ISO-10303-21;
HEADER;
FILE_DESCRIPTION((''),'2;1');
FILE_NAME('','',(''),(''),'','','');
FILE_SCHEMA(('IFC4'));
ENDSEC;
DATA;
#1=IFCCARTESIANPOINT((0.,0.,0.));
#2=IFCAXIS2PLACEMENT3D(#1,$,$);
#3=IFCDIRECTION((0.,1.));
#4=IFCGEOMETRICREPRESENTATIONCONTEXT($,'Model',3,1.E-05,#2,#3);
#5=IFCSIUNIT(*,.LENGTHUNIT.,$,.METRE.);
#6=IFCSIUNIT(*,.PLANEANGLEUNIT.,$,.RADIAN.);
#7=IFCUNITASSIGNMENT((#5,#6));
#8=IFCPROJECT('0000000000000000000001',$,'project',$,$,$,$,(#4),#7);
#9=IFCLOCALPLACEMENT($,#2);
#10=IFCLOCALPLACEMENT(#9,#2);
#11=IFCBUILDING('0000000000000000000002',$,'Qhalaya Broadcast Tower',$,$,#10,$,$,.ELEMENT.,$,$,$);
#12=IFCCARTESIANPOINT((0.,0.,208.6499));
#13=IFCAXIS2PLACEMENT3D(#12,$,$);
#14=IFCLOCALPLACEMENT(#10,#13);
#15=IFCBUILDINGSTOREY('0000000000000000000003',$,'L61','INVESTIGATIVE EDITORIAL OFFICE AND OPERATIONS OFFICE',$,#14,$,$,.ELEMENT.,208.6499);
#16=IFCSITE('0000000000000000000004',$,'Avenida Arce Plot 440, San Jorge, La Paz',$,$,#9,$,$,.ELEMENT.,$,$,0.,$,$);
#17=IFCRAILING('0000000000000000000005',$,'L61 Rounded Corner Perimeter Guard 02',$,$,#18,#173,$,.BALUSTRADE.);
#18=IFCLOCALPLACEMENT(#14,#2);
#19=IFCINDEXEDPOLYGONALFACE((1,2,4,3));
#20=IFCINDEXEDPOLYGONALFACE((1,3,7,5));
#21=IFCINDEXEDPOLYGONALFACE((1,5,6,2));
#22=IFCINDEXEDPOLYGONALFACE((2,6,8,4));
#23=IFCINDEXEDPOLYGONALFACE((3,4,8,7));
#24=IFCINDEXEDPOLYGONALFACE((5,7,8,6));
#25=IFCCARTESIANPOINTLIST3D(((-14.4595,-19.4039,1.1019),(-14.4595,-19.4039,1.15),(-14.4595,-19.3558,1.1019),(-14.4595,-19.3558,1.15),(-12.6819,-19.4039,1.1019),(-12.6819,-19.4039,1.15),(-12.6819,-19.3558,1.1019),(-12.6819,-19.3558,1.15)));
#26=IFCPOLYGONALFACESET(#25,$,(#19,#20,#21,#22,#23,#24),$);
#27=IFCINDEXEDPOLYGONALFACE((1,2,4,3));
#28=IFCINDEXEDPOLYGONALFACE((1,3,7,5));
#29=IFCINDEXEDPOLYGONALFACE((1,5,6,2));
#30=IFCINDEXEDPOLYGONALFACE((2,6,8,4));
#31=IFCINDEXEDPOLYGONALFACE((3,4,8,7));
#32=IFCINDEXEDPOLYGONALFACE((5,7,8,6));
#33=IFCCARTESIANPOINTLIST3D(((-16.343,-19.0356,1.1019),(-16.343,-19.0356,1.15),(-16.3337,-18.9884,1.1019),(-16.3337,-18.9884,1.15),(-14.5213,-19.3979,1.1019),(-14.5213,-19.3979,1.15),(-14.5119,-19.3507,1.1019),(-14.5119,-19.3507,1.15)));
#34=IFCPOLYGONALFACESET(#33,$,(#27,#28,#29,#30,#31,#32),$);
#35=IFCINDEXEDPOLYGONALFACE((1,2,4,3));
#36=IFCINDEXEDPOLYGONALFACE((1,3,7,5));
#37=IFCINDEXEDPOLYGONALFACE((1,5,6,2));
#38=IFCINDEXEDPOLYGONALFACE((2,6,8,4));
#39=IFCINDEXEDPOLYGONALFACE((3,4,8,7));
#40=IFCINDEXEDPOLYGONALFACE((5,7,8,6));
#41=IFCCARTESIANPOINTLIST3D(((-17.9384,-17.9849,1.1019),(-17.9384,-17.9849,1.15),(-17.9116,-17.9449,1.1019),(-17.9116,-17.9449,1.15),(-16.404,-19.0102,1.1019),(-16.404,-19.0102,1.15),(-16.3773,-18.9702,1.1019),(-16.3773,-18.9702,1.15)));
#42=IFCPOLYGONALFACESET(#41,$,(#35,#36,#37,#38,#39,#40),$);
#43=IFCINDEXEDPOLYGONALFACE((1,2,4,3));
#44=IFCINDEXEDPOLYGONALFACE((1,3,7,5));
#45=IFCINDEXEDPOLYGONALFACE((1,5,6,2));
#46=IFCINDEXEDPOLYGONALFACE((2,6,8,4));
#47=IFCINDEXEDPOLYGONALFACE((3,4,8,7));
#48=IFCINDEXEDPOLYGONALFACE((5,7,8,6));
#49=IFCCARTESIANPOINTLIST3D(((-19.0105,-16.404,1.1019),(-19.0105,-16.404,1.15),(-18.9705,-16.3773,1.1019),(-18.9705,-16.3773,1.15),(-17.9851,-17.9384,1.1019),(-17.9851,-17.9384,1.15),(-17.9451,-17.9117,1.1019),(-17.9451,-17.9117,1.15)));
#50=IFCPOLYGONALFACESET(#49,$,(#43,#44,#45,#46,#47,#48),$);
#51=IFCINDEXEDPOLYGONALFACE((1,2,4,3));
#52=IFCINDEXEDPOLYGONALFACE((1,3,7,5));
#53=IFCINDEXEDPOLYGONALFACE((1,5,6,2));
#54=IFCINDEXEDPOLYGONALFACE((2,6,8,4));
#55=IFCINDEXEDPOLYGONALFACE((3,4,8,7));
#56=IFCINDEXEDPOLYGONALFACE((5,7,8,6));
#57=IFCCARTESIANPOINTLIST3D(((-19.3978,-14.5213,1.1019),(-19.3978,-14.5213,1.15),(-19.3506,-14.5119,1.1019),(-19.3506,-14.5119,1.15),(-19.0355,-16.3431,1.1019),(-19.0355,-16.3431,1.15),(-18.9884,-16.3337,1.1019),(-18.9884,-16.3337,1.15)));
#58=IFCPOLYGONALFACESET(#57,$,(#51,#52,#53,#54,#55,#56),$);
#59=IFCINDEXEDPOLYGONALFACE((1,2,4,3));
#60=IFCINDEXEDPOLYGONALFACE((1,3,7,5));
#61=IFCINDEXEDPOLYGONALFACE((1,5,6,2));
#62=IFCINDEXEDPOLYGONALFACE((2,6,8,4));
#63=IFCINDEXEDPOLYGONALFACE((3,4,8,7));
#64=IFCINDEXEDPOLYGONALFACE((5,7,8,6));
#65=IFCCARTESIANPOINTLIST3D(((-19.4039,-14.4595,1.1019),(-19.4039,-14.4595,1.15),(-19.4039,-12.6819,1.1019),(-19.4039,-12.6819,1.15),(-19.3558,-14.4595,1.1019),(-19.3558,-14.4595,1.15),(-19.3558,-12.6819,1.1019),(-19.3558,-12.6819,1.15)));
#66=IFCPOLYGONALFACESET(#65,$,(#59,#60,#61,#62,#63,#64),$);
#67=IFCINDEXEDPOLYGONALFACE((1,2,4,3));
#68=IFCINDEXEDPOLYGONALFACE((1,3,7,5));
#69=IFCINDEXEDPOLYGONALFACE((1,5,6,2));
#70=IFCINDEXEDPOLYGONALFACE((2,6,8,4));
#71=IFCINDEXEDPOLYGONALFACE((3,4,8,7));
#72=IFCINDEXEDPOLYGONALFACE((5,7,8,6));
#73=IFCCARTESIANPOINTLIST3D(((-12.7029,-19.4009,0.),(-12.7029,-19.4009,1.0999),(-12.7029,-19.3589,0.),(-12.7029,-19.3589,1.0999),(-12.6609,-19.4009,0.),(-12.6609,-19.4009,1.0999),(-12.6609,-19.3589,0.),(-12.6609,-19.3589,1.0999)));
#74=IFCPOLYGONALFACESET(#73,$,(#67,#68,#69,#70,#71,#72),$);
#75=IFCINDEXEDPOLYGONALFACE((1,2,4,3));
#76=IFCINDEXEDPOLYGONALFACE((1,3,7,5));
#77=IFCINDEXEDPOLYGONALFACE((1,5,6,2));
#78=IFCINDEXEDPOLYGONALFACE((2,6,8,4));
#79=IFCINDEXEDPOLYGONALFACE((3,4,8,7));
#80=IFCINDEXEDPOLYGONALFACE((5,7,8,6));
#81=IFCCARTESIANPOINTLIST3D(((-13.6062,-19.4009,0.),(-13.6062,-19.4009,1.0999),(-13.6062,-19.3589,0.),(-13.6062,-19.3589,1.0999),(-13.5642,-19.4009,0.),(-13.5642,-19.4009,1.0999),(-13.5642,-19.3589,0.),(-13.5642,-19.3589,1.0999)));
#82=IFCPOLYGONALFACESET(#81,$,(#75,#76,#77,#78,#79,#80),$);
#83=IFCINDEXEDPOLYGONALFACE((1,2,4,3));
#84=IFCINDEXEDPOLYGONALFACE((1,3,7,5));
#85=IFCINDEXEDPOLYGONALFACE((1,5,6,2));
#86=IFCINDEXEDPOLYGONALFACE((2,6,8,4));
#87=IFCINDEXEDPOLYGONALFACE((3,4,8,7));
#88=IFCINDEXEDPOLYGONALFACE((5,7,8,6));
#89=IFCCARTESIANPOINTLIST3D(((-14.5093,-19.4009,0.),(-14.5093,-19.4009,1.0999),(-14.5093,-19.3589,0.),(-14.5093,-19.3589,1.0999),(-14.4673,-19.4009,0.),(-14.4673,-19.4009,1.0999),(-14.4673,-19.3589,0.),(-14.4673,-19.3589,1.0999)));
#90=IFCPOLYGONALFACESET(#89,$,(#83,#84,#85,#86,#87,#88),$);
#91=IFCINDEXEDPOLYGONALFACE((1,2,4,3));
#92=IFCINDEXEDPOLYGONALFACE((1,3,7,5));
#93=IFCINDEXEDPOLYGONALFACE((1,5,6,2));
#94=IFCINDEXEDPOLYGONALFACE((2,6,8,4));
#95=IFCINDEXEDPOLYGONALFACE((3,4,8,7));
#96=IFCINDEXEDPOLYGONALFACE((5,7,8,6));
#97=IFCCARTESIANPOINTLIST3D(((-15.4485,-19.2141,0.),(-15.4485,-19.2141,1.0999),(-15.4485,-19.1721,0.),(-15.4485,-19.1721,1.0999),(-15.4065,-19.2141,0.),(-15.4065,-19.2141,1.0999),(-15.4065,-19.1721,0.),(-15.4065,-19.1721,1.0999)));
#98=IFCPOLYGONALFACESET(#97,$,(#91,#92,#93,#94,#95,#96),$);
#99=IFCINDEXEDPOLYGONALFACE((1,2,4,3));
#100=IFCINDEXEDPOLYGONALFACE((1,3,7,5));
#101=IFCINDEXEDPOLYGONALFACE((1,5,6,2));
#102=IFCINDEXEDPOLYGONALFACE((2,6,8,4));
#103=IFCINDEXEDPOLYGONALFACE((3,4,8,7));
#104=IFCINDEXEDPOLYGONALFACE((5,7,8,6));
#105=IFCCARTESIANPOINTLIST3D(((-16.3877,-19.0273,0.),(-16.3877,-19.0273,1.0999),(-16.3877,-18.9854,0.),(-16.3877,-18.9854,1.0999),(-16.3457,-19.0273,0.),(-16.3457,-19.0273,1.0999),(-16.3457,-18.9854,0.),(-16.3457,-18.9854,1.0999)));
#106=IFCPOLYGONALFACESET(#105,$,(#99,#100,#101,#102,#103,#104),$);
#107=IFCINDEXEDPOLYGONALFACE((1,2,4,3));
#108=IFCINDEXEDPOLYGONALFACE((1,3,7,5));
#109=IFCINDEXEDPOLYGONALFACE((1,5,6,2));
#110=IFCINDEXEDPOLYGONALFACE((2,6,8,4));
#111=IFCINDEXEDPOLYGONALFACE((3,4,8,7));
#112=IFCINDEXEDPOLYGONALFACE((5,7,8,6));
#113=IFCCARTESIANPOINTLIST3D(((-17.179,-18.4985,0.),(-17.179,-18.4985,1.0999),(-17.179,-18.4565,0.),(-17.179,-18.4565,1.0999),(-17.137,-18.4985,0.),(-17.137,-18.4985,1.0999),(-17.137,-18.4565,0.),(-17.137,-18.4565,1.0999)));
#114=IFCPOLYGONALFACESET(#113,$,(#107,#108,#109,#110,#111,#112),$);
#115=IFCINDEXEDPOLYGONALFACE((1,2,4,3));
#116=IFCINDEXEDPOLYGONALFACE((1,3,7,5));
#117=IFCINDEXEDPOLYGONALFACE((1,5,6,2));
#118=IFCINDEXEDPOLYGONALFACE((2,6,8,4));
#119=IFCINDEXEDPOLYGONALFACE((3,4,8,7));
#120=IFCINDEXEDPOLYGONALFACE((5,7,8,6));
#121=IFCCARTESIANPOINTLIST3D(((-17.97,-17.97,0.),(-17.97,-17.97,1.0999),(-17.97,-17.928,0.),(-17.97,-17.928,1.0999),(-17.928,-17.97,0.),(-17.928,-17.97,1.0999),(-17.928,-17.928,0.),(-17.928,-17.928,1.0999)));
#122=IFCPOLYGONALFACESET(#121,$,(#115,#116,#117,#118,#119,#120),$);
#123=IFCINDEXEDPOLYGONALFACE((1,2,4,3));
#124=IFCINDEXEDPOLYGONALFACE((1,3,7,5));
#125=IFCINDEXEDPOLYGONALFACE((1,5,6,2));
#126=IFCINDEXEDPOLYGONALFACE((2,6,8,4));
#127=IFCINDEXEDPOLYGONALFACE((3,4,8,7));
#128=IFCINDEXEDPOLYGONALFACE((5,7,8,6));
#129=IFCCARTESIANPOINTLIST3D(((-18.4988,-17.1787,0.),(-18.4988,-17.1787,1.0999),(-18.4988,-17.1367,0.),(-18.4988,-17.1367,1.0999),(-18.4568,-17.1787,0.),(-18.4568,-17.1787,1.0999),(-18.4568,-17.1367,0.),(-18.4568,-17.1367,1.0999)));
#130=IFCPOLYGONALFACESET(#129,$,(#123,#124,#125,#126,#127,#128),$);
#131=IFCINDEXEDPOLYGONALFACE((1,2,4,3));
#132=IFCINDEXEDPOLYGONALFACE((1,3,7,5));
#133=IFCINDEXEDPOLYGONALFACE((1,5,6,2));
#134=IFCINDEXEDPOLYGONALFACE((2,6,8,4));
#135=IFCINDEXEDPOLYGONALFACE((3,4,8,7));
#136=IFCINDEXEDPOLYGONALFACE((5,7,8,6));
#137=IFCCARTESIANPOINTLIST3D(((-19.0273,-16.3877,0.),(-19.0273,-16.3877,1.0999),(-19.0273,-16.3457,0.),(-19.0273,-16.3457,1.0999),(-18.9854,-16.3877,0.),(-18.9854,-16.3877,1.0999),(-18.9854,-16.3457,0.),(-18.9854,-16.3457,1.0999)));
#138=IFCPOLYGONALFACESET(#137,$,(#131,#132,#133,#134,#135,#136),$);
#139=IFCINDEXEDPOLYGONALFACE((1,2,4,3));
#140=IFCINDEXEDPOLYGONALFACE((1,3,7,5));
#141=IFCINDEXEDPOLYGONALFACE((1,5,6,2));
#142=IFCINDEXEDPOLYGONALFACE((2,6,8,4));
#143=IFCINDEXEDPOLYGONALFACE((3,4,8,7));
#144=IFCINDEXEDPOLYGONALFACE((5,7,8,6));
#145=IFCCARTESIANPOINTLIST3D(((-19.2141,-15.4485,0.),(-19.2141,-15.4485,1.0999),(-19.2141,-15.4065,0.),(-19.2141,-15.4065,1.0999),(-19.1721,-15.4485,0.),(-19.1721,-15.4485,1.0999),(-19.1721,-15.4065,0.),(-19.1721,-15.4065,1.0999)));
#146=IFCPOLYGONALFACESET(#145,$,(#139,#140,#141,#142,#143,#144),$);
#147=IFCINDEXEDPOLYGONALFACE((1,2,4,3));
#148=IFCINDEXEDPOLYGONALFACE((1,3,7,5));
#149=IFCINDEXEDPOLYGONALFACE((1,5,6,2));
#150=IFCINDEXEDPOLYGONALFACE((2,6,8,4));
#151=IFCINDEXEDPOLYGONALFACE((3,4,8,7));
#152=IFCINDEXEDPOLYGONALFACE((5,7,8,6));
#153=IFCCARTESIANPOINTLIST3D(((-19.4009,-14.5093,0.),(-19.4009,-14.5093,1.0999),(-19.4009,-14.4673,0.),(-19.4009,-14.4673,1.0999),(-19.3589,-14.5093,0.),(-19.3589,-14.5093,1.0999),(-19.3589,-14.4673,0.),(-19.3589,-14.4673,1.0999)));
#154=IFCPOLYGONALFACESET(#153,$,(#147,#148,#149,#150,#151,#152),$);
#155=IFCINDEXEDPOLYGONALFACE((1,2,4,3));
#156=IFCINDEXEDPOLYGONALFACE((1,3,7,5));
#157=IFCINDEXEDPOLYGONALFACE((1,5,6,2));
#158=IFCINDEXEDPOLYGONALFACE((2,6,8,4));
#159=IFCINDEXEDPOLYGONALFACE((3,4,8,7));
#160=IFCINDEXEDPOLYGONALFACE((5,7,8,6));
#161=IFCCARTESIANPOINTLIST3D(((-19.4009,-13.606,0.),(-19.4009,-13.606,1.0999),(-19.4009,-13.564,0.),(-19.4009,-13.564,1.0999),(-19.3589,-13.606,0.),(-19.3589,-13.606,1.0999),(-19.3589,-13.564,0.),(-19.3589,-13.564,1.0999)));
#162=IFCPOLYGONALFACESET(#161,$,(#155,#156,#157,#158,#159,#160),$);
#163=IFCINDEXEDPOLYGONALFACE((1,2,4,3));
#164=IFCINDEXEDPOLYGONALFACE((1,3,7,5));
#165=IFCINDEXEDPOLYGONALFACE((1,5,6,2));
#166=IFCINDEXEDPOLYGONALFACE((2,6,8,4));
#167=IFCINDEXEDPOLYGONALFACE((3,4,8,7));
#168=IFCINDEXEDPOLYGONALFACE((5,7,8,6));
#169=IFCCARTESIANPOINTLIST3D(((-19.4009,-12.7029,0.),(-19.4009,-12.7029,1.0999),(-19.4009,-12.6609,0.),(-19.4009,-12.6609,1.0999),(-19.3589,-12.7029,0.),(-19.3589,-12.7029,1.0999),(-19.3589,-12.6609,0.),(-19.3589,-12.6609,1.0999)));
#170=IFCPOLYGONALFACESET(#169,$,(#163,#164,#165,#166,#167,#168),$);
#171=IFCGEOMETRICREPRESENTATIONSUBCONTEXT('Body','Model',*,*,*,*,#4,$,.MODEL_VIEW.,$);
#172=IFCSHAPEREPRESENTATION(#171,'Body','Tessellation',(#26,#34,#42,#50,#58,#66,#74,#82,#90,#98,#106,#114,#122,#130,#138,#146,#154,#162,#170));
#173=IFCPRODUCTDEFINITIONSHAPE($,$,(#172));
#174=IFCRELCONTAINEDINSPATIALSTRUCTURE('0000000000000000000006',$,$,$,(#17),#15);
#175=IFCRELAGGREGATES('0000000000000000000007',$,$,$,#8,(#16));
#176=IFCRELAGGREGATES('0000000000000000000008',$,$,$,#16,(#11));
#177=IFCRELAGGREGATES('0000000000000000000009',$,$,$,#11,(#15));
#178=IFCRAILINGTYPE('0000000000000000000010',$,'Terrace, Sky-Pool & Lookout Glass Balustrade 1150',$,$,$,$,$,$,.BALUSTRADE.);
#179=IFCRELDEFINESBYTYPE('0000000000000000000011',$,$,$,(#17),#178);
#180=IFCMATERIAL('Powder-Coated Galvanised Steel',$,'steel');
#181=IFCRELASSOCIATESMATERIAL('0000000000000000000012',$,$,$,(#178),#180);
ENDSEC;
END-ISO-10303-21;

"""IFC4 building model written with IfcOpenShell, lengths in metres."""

from ifc_helpers import new_model, si_unit, direction, frame, origin, origin_2d, place, context, subcontext, project, spatial, rectangle, extrude, material, type_object, element, save


model = new_model("IFC4")

# Units and contexts
model_context = context("Model", 3, precision=1e-05, world=origin(), true_north=direction((0.0, 1.0)))
body_context = subcontext(model_context, "Body", "Model", "MODEL_VIEW")
ifc_project = project(units=[si_unit("LENGTHUNIT", "METRE"), si_unit("PLANEANGLEUNIT", "RADIAN")], contexts=[model_context])

# Site, building, storey
site_placement = place(None, origin())
site = spatial("IfcSite", under=ifc_project, at=site_placement, Name="Avenida Arce Plot 440, San Jorge, La Paz", CompositionType="ELEMENT", RefElevation=0.0)
building_placement = place(site_placement, origin())
building = spatial("IfcBuilding", under=site, at=building_placement, Name="Qhalaya Broadcast Tower", CompositionType="ELEMENT")
storey_placement = place(building_placement, frame((0.0, 0.0, 208.6499)))
storey = spatial("IfcBuildingStorey", under=building, at=storey_placement, Name="L61", Description="INVESTIGATIVE EDITORIAL OFFICE AND OPERATIONS OFFICE", CompositionType="ELEMENT", Elevation=208.6499)

# Railing
ifc_material_1 = material(Name="Powder-Coated Galvanised Steel", Category="steel")
railing_type = type_object("IfcRailingType", Name="Terrace, Sky-Pool & Lookout Glass Balustrade 1150", PredefinedType="BALUSTRADE", material=ifc_material_1)
railing_placement = place(storey_placement, frame((-12.6819, -19.3799, 0.0)))
element("IfcRailing", 1, at=railing_placement, inside=storey, type_object=railing_type, Name="L61 Rounded Corner Perimeter Guard 02", PredefinedType="BALUSTRADE", context=body_context, shape_type="SweptSolid", body=[
    extrude(rectangle(XDim=0.0481, YDim=0.0481, at=origin_2d()), frame((0.0, 0.0, 1.126), z_axis=(-1.0, 0.0, 0.0), x_axis=(0.0, -1.0, 0.0)), (0.0, 0.0, 1.0), 1.7776),
    extrude(rectangle(XDim=0.0481, YDim=0.0481, at=origin_2d()), frame((-1.8347, 0.0056, 1.126), z_axis=(-0.980796, 0.195037, 0.0), x_axis=(-0.195037, -0.980796, 0.0)), (0.0, 0.0, 1.0), 1.8574),
    extrude(rectangle(XDim=0.0481, YDim=0.0481, at=origin_2d()), frame((-3.7087, 0.3896, 1.126), z_axis=(-0.831438, 0.555618, 0.0), x_axis=(-0.555618, -0.831438, 0.0)), (0.0, 0.0, 1.0), 1.8455),
    extrude(rectangle(XDim=0.0481, YDim=0.0481, at=origin_2d()), frame((-5.2832, 1.4548, 1.126), z_axis=(-0.555618, 0.831438, 0.0), x_axis=(-0.831438, -0.555618, 0.0)), (0.0, 0.0, 1.0), 1.8455),
    extrude(rectangle(XDim=0.0481, YDim=0.0481, at=origin_2d()), frame((-6.3301, 3.0415, 1.126), z_axis=(-0.195037, 0.980796, 0.0), x_axis=(-0.980796, -0.195037, 0.0)), (0.0, 0.0, 1.0), 1.8574),
    extrude(rectangle(XDim=0.0481, YDim=0.0481, at=origin_2d()), frame((-6.698, 4.9204, 1.126), z_axis=(0.0, 1.0, 0.0), x_axis=(-1.0, 0.0, 0.0)), (0.0, 0.0, 1.0), 1.7776),
    extrude(rectangle(XDim=0.042, YDim=0.042, at=origin_2d()), origin(), (0.0, 0.0, 1.0), 1.0999),
    extrude(rectangle(XDim=0.042, YDim=0.042, at=origin_2d()), frame((-0.9033, 0.0, 0.0)), (0.0, 0.0, 1.0), 1.0999),
    extrude(rectangle(XDim=0.042, YDim=0.042, at=origin_2d()), frame((-1.8064, 0.0, 0.0)), (0.0, 0.0, 1.0), 1.0999),
    extrude(rectangle(XDim=0.042, YDim=0.042, at=origin_2d()), frame((-2.7456, 0.1868, 0.0)), (0.0, 0.0, 1.0), 1.0999),
    extrude(rectangle(XDim=0.042, YDim=0.042, at=origin_2d()), frame((-3.6848, 0.3735, 0.0)), (0.0, 0.0, 1.0), 1.0999),
    extrude(rectangle(XDim=0.042, YDim=0.042, at=origin_2d()), frame((-4.4761, 0.9023, 0.0)), (0.0, 0.0, 1.0), 1.0999),
    extrude(rectangle(XDim=0.042, YDim=0.042, at=origin_2d()), frame((-5.2671, 1.4309, 0.0)), (0.0, 0.0, 1.0), 1.0999),
    extrude(rectangle(XDim=0.042, YDim=0.042, at=origin_2d()), frame((-5.7959, 2.2222, 0.0)), (0.0, 0.0, 1.0), 1.0999),
    extrude(rectangle(XDim=0.042, YDim=0.042, at=origin_2d()), frame((-6.3245, 3.0132, 0.0)), (0.0, 0.0, 1.0), 1.0999),
    extrude(rectangle(XDim=0.042, YDim=0.042, at=origin_2d()), frame((-6.5112, 3.9524, 0.0)), (0.0, 0.0, 1.0), 1.0999),
    extrude(rectangle(XDim=0.042, YDim=0.042, at=origin_2d()), frame((-6.698, 4.8916, 0.0)), (0.0, 0.0, 1.0), 1.0999),
    extrude(rectangle(XDim=0.042, YDim=0.042, at=origin_2d()), frame((-6.698, 5.7949, 0.0)), (0.0, 0.0, 1.0), 1.0999),
    extrude(rectangle(XDim=0.042, YDim=0.042, at=origin_2d()), frame((-6.698, 6.698, 0.0)), (0.0, 0.0, 1.0), 1.0999),
])

save(model, "model.ifc")
